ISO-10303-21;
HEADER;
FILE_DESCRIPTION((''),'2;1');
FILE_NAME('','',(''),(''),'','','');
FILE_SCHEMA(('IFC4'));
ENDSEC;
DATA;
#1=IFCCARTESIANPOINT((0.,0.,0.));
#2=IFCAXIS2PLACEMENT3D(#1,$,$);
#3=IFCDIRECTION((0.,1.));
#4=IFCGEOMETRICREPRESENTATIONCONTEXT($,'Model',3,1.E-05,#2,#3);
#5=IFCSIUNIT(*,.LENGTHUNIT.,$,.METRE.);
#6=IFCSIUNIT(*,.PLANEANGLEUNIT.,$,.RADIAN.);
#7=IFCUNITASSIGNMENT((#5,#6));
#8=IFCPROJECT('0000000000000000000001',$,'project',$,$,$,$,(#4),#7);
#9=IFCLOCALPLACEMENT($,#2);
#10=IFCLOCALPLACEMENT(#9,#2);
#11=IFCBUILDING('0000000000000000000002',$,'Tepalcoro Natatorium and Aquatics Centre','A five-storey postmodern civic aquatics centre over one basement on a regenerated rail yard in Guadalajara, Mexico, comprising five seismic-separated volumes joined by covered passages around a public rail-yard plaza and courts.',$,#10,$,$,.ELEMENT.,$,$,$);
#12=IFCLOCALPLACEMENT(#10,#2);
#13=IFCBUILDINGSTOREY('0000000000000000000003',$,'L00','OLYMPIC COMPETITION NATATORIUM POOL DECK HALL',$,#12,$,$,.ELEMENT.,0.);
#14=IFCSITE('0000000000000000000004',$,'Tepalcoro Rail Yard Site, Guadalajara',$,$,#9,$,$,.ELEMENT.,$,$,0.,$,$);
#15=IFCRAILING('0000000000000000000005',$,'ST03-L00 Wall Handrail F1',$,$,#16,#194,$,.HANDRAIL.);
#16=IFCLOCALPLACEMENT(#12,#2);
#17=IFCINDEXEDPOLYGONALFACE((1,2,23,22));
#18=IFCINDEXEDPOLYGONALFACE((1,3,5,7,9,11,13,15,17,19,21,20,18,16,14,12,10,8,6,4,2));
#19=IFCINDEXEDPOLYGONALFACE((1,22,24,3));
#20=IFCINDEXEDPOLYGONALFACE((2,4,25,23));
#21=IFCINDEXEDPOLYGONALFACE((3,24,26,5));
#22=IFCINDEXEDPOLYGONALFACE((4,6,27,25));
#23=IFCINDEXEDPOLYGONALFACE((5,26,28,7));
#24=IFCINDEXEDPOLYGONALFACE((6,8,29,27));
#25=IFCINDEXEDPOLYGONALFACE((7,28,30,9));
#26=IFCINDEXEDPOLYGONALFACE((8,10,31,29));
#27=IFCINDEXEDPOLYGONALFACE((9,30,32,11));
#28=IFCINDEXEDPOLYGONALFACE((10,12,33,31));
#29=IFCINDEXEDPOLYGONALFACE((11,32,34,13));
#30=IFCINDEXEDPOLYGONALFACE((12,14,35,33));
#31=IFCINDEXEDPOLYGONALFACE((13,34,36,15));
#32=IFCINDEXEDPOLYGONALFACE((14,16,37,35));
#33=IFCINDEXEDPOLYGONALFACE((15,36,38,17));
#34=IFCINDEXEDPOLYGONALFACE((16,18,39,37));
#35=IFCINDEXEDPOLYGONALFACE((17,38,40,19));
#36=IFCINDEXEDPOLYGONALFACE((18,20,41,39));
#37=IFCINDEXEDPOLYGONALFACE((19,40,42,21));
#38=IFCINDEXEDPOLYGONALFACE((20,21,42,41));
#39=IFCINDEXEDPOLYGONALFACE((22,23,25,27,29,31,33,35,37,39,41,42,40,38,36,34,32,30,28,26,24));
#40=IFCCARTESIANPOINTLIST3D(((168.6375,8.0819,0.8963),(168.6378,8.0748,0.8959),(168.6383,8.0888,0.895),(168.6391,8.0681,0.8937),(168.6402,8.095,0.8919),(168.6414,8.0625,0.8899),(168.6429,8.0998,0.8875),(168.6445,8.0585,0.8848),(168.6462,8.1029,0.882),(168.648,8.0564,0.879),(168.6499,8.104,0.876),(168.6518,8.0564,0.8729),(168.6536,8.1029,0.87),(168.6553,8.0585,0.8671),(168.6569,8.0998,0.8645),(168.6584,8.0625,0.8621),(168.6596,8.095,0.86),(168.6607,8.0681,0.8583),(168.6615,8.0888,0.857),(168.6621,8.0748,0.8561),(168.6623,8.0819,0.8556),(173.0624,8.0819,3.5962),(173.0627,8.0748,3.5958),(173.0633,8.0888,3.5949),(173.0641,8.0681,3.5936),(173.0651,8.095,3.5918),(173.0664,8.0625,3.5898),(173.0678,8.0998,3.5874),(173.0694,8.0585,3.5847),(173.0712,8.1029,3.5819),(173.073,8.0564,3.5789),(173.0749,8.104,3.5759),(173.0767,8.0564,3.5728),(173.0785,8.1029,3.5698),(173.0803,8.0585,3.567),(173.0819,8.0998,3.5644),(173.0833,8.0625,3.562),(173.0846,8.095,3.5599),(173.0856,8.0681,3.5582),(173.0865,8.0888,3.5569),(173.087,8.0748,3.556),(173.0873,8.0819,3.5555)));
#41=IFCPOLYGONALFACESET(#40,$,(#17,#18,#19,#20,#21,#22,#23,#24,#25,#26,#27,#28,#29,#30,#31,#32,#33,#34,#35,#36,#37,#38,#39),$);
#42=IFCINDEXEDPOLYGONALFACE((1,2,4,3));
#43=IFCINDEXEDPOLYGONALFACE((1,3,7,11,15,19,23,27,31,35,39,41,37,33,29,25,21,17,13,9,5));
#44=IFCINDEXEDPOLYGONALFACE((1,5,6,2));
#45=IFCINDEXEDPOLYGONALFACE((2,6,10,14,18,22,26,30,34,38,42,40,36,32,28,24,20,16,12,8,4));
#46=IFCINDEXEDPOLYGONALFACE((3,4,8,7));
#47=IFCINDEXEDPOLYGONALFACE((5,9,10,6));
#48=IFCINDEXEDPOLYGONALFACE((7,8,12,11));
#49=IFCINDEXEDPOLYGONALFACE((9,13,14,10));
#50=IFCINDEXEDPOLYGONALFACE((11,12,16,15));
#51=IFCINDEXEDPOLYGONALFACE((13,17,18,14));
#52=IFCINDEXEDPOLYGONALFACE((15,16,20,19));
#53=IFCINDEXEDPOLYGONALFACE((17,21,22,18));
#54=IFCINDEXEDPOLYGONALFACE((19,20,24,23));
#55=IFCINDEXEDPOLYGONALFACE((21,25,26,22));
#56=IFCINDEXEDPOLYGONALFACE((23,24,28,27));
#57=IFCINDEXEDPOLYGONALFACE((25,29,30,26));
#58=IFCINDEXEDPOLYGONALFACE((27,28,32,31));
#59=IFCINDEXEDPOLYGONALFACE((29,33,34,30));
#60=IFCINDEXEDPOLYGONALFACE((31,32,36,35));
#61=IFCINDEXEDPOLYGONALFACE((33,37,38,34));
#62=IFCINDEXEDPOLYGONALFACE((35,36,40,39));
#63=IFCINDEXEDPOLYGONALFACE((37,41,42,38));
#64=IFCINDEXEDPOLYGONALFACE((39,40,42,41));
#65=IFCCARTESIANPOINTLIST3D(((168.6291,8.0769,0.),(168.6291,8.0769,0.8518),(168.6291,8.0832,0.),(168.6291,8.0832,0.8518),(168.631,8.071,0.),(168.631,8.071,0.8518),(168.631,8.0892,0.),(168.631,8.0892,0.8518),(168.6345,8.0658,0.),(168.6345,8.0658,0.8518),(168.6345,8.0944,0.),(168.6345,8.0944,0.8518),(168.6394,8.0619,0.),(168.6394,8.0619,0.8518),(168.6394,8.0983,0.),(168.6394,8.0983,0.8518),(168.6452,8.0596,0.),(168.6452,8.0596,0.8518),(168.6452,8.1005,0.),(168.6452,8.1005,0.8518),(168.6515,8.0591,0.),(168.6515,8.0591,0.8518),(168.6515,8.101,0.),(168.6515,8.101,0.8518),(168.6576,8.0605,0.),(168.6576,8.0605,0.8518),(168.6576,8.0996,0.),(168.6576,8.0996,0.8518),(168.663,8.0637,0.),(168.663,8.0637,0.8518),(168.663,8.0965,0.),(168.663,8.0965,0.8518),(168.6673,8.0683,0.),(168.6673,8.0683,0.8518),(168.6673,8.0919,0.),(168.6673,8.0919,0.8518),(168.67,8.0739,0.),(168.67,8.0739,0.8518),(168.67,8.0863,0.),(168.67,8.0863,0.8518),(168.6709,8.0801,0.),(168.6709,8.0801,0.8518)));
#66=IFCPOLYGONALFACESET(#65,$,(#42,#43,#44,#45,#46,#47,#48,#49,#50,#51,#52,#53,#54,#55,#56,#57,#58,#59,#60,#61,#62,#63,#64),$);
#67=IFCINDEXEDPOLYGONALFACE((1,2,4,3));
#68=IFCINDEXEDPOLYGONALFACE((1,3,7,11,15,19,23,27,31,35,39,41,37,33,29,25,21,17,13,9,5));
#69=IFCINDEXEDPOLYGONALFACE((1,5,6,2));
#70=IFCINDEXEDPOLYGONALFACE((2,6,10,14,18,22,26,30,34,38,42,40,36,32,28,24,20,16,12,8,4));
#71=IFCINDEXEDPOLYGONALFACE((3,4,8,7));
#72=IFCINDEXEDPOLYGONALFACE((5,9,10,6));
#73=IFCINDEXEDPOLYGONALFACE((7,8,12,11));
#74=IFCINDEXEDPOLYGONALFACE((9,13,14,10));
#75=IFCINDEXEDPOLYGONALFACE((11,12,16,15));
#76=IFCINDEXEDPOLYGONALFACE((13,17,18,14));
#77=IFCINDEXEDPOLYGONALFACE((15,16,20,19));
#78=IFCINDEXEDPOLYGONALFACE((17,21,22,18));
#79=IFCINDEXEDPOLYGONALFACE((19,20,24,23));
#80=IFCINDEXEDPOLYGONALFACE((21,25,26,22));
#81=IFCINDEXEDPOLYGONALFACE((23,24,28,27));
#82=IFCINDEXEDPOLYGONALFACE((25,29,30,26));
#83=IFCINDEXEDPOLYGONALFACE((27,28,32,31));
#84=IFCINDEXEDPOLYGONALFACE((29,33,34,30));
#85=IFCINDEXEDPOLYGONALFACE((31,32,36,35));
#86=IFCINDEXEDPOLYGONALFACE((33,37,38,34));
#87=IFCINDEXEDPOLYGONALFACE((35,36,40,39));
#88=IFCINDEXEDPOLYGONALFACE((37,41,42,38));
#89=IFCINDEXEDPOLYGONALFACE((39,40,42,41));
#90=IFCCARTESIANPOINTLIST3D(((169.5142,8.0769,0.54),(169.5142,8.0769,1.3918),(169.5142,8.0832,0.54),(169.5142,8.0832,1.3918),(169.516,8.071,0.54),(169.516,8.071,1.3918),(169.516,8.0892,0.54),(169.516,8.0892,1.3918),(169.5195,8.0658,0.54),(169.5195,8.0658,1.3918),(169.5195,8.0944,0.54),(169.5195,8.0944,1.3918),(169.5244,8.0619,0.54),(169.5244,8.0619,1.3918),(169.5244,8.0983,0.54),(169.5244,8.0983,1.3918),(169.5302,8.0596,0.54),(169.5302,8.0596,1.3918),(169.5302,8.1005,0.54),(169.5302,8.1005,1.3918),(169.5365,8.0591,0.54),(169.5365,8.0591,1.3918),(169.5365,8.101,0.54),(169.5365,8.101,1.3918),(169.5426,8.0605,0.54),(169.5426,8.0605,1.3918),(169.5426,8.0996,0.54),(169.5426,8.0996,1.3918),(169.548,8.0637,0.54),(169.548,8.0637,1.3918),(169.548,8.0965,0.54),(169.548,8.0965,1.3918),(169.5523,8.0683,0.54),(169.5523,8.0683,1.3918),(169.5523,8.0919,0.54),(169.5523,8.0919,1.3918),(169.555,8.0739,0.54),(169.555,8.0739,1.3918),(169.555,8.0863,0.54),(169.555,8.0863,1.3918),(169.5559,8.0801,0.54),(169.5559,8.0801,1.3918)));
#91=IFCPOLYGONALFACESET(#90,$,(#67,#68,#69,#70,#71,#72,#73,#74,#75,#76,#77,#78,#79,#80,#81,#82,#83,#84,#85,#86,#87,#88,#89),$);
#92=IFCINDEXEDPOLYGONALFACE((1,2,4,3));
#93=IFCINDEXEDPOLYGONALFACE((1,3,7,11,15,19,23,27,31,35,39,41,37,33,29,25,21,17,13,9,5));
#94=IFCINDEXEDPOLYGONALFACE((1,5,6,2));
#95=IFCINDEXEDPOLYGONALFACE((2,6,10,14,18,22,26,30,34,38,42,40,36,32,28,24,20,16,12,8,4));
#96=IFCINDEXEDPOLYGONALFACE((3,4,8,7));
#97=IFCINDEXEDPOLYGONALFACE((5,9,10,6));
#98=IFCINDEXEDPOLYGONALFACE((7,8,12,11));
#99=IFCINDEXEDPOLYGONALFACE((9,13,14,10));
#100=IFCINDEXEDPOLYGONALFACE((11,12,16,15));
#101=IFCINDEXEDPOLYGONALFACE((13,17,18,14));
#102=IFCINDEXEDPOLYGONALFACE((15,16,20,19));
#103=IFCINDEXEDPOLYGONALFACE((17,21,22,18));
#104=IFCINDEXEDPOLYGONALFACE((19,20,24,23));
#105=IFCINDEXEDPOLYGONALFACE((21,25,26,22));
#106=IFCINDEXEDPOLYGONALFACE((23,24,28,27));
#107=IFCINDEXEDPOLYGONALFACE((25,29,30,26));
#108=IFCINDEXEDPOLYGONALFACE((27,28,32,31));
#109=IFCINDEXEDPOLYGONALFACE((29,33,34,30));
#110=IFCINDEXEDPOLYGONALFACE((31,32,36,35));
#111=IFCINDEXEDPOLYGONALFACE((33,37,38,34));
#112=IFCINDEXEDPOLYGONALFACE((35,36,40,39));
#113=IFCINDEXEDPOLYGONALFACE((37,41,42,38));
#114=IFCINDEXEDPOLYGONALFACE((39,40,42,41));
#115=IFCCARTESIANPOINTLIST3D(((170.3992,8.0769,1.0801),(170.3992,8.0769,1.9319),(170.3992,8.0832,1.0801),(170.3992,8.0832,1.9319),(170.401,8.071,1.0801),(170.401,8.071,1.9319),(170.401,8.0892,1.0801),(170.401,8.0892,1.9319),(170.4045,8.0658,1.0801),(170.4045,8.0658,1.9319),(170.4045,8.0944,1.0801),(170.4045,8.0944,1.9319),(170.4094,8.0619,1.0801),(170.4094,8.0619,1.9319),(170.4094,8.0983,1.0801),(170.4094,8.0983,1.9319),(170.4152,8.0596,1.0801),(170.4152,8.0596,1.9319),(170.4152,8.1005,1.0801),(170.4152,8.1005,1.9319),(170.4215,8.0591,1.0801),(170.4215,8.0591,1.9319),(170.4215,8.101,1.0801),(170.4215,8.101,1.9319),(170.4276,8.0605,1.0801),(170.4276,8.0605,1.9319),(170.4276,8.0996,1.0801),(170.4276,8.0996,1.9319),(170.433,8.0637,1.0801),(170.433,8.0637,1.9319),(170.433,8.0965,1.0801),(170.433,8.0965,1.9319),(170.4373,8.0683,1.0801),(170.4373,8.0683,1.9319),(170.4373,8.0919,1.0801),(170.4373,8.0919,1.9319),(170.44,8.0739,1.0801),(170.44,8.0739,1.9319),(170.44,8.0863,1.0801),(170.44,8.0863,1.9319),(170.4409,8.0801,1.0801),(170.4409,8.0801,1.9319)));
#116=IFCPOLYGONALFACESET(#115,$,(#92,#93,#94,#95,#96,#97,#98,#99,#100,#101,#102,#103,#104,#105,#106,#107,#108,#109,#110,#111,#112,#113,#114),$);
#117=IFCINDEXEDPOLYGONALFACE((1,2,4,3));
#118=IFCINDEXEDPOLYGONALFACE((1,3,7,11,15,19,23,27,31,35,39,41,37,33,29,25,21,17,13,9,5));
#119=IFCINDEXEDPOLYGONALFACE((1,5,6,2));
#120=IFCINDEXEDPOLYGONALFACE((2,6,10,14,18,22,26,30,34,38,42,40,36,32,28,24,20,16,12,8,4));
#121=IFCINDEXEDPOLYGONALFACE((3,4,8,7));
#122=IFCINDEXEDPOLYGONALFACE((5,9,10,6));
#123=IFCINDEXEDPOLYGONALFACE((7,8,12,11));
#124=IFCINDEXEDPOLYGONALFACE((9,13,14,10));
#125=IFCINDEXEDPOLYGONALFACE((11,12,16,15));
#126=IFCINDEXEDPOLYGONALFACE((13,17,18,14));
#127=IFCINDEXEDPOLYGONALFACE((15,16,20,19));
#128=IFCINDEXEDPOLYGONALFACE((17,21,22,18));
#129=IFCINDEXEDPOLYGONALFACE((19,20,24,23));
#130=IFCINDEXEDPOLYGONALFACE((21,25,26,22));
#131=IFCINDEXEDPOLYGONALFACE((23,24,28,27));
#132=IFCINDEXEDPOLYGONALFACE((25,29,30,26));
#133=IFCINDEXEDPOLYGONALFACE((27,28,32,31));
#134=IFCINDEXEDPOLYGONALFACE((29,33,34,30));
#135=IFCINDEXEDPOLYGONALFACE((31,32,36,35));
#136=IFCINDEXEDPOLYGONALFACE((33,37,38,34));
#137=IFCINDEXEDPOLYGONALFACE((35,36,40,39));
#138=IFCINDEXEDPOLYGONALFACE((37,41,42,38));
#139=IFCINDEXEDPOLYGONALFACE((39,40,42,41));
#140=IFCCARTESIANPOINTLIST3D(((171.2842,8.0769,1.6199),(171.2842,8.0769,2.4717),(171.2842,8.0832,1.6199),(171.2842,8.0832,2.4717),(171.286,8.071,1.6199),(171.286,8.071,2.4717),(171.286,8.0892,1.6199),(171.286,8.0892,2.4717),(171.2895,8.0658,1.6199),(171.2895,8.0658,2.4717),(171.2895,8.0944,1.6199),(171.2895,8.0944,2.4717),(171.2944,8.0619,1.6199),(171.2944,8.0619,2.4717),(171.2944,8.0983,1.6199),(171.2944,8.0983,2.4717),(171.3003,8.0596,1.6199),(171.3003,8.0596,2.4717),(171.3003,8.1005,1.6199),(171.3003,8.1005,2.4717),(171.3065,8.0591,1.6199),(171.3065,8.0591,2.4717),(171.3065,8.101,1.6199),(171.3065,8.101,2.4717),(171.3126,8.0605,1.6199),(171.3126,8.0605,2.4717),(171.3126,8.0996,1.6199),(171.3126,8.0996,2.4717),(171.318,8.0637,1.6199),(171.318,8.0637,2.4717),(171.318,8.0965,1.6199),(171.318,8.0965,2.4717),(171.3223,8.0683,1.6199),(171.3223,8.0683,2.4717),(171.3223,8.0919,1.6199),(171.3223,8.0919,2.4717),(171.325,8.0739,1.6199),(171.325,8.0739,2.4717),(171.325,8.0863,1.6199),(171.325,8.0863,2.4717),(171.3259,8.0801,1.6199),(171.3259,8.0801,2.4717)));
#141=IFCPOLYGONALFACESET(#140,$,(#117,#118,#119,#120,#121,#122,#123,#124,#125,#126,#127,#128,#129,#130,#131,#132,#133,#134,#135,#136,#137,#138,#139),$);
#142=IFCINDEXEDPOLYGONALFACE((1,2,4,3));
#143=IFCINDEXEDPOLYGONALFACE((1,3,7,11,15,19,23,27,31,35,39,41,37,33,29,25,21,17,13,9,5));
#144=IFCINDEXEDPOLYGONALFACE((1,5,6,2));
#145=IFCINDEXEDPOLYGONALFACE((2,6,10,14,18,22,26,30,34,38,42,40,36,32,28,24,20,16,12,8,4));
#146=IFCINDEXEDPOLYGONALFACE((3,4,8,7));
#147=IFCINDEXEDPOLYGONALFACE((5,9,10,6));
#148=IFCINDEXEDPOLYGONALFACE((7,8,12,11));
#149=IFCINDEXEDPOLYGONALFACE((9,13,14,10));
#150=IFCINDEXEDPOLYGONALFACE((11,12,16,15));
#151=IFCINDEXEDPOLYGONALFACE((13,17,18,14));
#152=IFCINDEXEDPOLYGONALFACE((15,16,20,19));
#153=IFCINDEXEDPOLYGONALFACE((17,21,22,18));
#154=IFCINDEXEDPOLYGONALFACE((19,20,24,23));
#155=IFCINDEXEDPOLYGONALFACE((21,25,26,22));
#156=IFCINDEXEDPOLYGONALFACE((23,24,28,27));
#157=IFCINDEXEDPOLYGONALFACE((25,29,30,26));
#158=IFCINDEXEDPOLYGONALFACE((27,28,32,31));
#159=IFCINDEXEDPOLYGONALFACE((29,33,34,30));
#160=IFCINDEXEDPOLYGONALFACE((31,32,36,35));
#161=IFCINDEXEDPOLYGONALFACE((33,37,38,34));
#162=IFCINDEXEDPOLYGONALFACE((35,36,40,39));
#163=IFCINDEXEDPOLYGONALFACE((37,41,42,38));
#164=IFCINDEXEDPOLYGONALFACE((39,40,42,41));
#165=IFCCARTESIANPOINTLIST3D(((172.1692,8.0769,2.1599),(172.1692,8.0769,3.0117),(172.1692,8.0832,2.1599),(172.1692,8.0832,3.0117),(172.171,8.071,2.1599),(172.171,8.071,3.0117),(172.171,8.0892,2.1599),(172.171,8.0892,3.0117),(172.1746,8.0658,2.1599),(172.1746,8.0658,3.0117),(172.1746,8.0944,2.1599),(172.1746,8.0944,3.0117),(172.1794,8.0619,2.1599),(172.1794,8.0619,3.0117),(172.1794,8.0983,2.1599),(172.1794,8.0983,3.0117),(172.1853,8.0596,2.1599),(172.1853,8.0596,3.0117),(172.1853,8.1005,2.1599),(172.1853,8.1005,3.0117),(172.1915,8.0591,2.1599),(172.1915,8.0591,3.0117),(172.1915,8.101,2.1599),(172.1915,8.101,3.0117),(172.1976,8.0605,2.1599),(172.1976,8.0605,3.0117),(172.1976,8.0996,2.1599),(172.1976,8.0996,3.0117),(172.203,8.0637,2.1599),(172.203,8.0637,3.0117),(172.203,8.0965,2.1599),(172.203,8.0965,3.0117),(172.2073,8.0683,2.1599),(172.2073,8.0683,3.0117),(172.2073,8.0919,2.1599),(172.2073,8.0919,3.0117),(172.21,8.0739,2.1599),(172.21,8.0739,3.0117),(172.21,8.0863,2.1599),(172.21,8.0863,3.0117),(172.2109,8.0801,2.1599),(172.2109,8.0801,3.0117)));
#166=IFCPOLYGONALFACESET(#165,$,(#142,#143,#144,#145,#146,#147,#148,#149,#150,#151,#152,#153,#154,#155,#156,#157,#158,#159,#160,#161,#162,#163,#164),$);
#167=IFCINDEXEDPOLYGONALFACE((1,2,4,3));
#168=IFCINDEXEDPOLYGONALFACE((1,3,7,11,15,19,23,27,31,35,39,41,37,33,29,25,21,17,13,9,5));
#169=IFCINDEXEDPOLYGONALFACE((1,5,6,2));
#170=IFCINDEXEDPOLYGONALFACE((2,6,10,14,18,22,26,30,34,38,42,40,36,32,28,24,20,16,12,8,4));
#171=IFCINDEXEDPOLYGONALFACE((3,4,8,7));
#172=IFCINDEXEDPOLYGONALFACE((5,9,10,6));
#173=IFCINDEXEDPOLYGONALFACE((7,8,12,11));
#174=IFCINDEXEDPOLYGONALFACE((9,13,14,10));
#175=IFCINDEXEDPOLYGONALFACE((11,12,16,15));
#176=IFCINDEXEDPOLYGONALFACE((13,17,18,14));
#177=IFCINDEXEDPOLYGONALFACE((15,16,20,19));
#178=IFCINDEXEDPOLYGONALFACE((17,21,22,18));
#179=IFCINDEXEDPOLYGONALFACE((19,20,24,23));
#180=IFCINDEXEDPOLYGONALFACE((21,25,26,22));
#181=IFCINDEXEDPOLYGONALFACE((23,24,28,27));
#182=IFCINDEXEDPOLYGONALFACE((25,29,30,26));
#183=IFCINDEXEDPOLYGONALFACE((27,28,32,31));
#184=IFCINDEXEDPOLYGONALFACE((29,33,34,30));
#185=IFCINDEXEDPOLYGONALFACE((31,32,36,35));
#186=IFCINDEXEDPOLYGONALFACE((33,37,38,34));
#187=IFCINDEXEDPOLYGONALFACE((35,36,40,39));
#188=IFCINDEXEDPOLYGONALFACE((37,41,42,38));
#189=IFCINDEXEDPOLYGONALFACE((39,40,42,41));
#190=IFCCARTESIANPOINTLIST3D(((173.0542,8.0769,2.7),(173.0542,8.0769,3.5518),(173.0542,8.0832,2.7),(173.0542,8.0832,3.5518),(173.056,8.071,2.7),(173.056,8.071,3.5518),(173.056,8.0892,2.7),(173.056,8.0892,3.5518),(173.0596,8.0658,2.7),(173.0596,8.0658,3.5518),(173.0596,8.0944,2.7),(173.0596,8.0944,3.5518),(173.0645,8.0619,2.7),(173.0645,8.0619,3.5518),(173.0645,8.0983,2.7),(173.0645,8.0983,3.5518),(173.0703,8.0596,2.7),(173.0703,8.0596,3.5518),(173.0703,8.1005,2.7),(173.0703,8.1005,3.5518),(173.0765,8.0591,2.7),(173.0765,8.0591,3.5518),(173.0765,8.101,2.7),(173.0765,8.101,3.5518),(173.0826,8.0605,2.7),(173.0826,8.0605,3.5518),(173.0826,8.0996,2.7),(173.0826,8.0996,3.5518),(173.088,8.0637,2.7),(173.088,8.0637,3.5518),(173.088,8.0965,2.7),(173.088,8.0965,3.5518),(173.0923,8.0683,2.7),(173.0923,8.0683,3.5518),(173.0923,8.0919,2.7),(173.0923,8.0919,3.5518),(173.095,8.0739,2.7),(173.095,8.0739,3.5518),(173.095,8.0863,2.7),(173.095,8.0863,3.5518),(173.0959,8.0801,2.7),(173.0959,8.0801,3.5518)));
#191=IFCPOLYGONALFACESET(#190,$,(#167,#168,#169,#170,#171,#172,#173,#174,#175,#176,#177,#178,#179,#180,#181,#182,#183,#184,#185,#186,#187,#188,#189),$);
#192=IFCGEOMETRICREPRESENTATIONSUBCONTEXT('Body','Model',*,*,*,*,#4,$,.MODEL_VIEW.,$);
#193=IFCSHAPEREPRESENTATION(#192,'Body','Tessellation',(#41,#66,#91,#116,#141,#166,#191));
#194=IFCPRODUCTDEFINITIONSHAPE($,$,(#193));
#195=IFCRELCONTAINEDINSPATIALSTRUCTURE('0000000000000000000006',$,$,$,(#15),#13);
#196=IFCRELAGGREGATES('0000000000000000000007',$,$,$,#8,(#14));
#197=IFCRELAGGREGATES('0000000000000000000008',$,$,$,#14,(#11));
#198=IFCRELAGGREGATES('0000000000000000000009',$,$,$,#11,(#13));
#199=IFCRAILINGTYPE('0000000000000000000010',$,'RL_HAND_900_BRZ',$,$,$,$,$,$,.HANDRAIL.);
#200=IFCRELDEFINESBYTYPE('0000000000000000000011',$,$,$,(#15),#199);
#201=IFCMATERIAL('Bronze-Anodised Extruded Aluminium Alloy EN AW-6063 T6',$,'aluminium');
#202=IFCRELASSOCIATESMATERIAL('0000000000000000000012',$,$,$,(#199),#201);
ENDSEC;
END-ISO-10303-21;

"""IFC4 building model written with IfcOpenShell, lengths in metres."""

from ifc_helpers import new_model, si_unit, direction, frame, origin, origin_2d, place, context, subcontext, project, spatial, circle, extrude, material, type_object, element, save


model = new_model("IFC4")

# Units and contexts
model_context = context("Model", 3, precision=1e-05, world=origin(), true_north=direction((0.0, 1.0)))
body_context = subcontext(model_context, "Body", "Model", "MODEL_VIEW")
ifc_project = project(units=[si_unit("LENGTHUNIT", "METRE"), si_unit("PLANEANGLEUNIT", "RADIAN")], contexts=[model_context])

# Site, building, storey
site_placement = place(None, origin())
site = spatial("IfcSite", under=ifc_project, at=site_placement, Name="Tepalcoro Rail Yard Site, Guadalajara", CompositionType="ELEMENT", RefElevation=0.0)
building_placement = place(site_placement, origin())
building = spatial("IfcBuilding", under=site, at=building_placement, Name="Tepalcoro Natatorium and Aquatics Centre", Description="A five-storey postmodern civic aquatics centre over one basement on a regenerated rail yard in Guadalajara, Mexico, comprising five seismic-separated volumes joined by covered passages around a public rail-yard plaza and courts.", CompositionType="ELEMENT")
storey_placement = place(building_placement, origin())
storey = spatial("IfcBuildingStorey", under=building, at=storey_placement, Name="L00", Description="OLYMPIC COMPETITION NATATORIUM POOL DECK HALL", CompositionType="ELEMENT", Elevation=0.0)

# Shared definitions
ifc_material_1 = material(Name="Bronze-Anodised Extruded Aluminium Alloy EN AW-6063 T6", Category="aluminium")

# Railing
railing_type_1 = type_object("IfcRailingType", Name="RL_HAND_900_BRZ", PredefinedType="HANDRAIL", material=ifc_material_1)
railing_1_placement = place(storey_placement, frame((168.6499, 8.0801, 0.0)))
element("IfcRailing", 1, at=railing_1_placement, inside=storey, type_object=railing_type_1, Name="ST03-L00 Wall Handrail F1", PredefinedType="HANDRAIL", context=body_context, shape_type="SweptSolid", body=[
    extrude(circle(Radius=0.0239, at=origin_2d()), frame((0.0, 0.0, 0.876), z_axis=(0.853646, 0.0, 0.520854), x_axis=(0.0, 1.0, 0.0)), (0.0, 0.0, 1.0), 5.1836),
    extrude(circle(Radius=0.021, at=origin_2d()), origin(), (0.0, 0.0, 1.0), 0.8518),
    extrude(circle(Radius=0.021, at=origin_2d()), frame((0.885, 0.0, 0.54)), (0.0, 0.0, 1.0), 0.8518),
    extrude(circle(Radius=0.021, at=origin_2d()), frame((1.77, 0.0, 1.0801)), (0.0, 0.0, 1.0), 0.8518),
    extrude(circle(Radius=0.021, at=origin_2d()), frame((2.655, 0.0, 1.6199)), (0.0, 0.0, 1.0), 0.8518),
    extrude(circle(Radius=0.021, at=origin_2d()), frame((3.54, 0.0, 2.1599)), (0.0, 0.0, 1.0), 0.8518),
    extrude(circle(Radius=0.021, at=origin_2d()), frame((4.425, 0.0, 2.7)), (0.0, 0.0, 1.0), 0.8518),
])

save(model, "model.ifc")
